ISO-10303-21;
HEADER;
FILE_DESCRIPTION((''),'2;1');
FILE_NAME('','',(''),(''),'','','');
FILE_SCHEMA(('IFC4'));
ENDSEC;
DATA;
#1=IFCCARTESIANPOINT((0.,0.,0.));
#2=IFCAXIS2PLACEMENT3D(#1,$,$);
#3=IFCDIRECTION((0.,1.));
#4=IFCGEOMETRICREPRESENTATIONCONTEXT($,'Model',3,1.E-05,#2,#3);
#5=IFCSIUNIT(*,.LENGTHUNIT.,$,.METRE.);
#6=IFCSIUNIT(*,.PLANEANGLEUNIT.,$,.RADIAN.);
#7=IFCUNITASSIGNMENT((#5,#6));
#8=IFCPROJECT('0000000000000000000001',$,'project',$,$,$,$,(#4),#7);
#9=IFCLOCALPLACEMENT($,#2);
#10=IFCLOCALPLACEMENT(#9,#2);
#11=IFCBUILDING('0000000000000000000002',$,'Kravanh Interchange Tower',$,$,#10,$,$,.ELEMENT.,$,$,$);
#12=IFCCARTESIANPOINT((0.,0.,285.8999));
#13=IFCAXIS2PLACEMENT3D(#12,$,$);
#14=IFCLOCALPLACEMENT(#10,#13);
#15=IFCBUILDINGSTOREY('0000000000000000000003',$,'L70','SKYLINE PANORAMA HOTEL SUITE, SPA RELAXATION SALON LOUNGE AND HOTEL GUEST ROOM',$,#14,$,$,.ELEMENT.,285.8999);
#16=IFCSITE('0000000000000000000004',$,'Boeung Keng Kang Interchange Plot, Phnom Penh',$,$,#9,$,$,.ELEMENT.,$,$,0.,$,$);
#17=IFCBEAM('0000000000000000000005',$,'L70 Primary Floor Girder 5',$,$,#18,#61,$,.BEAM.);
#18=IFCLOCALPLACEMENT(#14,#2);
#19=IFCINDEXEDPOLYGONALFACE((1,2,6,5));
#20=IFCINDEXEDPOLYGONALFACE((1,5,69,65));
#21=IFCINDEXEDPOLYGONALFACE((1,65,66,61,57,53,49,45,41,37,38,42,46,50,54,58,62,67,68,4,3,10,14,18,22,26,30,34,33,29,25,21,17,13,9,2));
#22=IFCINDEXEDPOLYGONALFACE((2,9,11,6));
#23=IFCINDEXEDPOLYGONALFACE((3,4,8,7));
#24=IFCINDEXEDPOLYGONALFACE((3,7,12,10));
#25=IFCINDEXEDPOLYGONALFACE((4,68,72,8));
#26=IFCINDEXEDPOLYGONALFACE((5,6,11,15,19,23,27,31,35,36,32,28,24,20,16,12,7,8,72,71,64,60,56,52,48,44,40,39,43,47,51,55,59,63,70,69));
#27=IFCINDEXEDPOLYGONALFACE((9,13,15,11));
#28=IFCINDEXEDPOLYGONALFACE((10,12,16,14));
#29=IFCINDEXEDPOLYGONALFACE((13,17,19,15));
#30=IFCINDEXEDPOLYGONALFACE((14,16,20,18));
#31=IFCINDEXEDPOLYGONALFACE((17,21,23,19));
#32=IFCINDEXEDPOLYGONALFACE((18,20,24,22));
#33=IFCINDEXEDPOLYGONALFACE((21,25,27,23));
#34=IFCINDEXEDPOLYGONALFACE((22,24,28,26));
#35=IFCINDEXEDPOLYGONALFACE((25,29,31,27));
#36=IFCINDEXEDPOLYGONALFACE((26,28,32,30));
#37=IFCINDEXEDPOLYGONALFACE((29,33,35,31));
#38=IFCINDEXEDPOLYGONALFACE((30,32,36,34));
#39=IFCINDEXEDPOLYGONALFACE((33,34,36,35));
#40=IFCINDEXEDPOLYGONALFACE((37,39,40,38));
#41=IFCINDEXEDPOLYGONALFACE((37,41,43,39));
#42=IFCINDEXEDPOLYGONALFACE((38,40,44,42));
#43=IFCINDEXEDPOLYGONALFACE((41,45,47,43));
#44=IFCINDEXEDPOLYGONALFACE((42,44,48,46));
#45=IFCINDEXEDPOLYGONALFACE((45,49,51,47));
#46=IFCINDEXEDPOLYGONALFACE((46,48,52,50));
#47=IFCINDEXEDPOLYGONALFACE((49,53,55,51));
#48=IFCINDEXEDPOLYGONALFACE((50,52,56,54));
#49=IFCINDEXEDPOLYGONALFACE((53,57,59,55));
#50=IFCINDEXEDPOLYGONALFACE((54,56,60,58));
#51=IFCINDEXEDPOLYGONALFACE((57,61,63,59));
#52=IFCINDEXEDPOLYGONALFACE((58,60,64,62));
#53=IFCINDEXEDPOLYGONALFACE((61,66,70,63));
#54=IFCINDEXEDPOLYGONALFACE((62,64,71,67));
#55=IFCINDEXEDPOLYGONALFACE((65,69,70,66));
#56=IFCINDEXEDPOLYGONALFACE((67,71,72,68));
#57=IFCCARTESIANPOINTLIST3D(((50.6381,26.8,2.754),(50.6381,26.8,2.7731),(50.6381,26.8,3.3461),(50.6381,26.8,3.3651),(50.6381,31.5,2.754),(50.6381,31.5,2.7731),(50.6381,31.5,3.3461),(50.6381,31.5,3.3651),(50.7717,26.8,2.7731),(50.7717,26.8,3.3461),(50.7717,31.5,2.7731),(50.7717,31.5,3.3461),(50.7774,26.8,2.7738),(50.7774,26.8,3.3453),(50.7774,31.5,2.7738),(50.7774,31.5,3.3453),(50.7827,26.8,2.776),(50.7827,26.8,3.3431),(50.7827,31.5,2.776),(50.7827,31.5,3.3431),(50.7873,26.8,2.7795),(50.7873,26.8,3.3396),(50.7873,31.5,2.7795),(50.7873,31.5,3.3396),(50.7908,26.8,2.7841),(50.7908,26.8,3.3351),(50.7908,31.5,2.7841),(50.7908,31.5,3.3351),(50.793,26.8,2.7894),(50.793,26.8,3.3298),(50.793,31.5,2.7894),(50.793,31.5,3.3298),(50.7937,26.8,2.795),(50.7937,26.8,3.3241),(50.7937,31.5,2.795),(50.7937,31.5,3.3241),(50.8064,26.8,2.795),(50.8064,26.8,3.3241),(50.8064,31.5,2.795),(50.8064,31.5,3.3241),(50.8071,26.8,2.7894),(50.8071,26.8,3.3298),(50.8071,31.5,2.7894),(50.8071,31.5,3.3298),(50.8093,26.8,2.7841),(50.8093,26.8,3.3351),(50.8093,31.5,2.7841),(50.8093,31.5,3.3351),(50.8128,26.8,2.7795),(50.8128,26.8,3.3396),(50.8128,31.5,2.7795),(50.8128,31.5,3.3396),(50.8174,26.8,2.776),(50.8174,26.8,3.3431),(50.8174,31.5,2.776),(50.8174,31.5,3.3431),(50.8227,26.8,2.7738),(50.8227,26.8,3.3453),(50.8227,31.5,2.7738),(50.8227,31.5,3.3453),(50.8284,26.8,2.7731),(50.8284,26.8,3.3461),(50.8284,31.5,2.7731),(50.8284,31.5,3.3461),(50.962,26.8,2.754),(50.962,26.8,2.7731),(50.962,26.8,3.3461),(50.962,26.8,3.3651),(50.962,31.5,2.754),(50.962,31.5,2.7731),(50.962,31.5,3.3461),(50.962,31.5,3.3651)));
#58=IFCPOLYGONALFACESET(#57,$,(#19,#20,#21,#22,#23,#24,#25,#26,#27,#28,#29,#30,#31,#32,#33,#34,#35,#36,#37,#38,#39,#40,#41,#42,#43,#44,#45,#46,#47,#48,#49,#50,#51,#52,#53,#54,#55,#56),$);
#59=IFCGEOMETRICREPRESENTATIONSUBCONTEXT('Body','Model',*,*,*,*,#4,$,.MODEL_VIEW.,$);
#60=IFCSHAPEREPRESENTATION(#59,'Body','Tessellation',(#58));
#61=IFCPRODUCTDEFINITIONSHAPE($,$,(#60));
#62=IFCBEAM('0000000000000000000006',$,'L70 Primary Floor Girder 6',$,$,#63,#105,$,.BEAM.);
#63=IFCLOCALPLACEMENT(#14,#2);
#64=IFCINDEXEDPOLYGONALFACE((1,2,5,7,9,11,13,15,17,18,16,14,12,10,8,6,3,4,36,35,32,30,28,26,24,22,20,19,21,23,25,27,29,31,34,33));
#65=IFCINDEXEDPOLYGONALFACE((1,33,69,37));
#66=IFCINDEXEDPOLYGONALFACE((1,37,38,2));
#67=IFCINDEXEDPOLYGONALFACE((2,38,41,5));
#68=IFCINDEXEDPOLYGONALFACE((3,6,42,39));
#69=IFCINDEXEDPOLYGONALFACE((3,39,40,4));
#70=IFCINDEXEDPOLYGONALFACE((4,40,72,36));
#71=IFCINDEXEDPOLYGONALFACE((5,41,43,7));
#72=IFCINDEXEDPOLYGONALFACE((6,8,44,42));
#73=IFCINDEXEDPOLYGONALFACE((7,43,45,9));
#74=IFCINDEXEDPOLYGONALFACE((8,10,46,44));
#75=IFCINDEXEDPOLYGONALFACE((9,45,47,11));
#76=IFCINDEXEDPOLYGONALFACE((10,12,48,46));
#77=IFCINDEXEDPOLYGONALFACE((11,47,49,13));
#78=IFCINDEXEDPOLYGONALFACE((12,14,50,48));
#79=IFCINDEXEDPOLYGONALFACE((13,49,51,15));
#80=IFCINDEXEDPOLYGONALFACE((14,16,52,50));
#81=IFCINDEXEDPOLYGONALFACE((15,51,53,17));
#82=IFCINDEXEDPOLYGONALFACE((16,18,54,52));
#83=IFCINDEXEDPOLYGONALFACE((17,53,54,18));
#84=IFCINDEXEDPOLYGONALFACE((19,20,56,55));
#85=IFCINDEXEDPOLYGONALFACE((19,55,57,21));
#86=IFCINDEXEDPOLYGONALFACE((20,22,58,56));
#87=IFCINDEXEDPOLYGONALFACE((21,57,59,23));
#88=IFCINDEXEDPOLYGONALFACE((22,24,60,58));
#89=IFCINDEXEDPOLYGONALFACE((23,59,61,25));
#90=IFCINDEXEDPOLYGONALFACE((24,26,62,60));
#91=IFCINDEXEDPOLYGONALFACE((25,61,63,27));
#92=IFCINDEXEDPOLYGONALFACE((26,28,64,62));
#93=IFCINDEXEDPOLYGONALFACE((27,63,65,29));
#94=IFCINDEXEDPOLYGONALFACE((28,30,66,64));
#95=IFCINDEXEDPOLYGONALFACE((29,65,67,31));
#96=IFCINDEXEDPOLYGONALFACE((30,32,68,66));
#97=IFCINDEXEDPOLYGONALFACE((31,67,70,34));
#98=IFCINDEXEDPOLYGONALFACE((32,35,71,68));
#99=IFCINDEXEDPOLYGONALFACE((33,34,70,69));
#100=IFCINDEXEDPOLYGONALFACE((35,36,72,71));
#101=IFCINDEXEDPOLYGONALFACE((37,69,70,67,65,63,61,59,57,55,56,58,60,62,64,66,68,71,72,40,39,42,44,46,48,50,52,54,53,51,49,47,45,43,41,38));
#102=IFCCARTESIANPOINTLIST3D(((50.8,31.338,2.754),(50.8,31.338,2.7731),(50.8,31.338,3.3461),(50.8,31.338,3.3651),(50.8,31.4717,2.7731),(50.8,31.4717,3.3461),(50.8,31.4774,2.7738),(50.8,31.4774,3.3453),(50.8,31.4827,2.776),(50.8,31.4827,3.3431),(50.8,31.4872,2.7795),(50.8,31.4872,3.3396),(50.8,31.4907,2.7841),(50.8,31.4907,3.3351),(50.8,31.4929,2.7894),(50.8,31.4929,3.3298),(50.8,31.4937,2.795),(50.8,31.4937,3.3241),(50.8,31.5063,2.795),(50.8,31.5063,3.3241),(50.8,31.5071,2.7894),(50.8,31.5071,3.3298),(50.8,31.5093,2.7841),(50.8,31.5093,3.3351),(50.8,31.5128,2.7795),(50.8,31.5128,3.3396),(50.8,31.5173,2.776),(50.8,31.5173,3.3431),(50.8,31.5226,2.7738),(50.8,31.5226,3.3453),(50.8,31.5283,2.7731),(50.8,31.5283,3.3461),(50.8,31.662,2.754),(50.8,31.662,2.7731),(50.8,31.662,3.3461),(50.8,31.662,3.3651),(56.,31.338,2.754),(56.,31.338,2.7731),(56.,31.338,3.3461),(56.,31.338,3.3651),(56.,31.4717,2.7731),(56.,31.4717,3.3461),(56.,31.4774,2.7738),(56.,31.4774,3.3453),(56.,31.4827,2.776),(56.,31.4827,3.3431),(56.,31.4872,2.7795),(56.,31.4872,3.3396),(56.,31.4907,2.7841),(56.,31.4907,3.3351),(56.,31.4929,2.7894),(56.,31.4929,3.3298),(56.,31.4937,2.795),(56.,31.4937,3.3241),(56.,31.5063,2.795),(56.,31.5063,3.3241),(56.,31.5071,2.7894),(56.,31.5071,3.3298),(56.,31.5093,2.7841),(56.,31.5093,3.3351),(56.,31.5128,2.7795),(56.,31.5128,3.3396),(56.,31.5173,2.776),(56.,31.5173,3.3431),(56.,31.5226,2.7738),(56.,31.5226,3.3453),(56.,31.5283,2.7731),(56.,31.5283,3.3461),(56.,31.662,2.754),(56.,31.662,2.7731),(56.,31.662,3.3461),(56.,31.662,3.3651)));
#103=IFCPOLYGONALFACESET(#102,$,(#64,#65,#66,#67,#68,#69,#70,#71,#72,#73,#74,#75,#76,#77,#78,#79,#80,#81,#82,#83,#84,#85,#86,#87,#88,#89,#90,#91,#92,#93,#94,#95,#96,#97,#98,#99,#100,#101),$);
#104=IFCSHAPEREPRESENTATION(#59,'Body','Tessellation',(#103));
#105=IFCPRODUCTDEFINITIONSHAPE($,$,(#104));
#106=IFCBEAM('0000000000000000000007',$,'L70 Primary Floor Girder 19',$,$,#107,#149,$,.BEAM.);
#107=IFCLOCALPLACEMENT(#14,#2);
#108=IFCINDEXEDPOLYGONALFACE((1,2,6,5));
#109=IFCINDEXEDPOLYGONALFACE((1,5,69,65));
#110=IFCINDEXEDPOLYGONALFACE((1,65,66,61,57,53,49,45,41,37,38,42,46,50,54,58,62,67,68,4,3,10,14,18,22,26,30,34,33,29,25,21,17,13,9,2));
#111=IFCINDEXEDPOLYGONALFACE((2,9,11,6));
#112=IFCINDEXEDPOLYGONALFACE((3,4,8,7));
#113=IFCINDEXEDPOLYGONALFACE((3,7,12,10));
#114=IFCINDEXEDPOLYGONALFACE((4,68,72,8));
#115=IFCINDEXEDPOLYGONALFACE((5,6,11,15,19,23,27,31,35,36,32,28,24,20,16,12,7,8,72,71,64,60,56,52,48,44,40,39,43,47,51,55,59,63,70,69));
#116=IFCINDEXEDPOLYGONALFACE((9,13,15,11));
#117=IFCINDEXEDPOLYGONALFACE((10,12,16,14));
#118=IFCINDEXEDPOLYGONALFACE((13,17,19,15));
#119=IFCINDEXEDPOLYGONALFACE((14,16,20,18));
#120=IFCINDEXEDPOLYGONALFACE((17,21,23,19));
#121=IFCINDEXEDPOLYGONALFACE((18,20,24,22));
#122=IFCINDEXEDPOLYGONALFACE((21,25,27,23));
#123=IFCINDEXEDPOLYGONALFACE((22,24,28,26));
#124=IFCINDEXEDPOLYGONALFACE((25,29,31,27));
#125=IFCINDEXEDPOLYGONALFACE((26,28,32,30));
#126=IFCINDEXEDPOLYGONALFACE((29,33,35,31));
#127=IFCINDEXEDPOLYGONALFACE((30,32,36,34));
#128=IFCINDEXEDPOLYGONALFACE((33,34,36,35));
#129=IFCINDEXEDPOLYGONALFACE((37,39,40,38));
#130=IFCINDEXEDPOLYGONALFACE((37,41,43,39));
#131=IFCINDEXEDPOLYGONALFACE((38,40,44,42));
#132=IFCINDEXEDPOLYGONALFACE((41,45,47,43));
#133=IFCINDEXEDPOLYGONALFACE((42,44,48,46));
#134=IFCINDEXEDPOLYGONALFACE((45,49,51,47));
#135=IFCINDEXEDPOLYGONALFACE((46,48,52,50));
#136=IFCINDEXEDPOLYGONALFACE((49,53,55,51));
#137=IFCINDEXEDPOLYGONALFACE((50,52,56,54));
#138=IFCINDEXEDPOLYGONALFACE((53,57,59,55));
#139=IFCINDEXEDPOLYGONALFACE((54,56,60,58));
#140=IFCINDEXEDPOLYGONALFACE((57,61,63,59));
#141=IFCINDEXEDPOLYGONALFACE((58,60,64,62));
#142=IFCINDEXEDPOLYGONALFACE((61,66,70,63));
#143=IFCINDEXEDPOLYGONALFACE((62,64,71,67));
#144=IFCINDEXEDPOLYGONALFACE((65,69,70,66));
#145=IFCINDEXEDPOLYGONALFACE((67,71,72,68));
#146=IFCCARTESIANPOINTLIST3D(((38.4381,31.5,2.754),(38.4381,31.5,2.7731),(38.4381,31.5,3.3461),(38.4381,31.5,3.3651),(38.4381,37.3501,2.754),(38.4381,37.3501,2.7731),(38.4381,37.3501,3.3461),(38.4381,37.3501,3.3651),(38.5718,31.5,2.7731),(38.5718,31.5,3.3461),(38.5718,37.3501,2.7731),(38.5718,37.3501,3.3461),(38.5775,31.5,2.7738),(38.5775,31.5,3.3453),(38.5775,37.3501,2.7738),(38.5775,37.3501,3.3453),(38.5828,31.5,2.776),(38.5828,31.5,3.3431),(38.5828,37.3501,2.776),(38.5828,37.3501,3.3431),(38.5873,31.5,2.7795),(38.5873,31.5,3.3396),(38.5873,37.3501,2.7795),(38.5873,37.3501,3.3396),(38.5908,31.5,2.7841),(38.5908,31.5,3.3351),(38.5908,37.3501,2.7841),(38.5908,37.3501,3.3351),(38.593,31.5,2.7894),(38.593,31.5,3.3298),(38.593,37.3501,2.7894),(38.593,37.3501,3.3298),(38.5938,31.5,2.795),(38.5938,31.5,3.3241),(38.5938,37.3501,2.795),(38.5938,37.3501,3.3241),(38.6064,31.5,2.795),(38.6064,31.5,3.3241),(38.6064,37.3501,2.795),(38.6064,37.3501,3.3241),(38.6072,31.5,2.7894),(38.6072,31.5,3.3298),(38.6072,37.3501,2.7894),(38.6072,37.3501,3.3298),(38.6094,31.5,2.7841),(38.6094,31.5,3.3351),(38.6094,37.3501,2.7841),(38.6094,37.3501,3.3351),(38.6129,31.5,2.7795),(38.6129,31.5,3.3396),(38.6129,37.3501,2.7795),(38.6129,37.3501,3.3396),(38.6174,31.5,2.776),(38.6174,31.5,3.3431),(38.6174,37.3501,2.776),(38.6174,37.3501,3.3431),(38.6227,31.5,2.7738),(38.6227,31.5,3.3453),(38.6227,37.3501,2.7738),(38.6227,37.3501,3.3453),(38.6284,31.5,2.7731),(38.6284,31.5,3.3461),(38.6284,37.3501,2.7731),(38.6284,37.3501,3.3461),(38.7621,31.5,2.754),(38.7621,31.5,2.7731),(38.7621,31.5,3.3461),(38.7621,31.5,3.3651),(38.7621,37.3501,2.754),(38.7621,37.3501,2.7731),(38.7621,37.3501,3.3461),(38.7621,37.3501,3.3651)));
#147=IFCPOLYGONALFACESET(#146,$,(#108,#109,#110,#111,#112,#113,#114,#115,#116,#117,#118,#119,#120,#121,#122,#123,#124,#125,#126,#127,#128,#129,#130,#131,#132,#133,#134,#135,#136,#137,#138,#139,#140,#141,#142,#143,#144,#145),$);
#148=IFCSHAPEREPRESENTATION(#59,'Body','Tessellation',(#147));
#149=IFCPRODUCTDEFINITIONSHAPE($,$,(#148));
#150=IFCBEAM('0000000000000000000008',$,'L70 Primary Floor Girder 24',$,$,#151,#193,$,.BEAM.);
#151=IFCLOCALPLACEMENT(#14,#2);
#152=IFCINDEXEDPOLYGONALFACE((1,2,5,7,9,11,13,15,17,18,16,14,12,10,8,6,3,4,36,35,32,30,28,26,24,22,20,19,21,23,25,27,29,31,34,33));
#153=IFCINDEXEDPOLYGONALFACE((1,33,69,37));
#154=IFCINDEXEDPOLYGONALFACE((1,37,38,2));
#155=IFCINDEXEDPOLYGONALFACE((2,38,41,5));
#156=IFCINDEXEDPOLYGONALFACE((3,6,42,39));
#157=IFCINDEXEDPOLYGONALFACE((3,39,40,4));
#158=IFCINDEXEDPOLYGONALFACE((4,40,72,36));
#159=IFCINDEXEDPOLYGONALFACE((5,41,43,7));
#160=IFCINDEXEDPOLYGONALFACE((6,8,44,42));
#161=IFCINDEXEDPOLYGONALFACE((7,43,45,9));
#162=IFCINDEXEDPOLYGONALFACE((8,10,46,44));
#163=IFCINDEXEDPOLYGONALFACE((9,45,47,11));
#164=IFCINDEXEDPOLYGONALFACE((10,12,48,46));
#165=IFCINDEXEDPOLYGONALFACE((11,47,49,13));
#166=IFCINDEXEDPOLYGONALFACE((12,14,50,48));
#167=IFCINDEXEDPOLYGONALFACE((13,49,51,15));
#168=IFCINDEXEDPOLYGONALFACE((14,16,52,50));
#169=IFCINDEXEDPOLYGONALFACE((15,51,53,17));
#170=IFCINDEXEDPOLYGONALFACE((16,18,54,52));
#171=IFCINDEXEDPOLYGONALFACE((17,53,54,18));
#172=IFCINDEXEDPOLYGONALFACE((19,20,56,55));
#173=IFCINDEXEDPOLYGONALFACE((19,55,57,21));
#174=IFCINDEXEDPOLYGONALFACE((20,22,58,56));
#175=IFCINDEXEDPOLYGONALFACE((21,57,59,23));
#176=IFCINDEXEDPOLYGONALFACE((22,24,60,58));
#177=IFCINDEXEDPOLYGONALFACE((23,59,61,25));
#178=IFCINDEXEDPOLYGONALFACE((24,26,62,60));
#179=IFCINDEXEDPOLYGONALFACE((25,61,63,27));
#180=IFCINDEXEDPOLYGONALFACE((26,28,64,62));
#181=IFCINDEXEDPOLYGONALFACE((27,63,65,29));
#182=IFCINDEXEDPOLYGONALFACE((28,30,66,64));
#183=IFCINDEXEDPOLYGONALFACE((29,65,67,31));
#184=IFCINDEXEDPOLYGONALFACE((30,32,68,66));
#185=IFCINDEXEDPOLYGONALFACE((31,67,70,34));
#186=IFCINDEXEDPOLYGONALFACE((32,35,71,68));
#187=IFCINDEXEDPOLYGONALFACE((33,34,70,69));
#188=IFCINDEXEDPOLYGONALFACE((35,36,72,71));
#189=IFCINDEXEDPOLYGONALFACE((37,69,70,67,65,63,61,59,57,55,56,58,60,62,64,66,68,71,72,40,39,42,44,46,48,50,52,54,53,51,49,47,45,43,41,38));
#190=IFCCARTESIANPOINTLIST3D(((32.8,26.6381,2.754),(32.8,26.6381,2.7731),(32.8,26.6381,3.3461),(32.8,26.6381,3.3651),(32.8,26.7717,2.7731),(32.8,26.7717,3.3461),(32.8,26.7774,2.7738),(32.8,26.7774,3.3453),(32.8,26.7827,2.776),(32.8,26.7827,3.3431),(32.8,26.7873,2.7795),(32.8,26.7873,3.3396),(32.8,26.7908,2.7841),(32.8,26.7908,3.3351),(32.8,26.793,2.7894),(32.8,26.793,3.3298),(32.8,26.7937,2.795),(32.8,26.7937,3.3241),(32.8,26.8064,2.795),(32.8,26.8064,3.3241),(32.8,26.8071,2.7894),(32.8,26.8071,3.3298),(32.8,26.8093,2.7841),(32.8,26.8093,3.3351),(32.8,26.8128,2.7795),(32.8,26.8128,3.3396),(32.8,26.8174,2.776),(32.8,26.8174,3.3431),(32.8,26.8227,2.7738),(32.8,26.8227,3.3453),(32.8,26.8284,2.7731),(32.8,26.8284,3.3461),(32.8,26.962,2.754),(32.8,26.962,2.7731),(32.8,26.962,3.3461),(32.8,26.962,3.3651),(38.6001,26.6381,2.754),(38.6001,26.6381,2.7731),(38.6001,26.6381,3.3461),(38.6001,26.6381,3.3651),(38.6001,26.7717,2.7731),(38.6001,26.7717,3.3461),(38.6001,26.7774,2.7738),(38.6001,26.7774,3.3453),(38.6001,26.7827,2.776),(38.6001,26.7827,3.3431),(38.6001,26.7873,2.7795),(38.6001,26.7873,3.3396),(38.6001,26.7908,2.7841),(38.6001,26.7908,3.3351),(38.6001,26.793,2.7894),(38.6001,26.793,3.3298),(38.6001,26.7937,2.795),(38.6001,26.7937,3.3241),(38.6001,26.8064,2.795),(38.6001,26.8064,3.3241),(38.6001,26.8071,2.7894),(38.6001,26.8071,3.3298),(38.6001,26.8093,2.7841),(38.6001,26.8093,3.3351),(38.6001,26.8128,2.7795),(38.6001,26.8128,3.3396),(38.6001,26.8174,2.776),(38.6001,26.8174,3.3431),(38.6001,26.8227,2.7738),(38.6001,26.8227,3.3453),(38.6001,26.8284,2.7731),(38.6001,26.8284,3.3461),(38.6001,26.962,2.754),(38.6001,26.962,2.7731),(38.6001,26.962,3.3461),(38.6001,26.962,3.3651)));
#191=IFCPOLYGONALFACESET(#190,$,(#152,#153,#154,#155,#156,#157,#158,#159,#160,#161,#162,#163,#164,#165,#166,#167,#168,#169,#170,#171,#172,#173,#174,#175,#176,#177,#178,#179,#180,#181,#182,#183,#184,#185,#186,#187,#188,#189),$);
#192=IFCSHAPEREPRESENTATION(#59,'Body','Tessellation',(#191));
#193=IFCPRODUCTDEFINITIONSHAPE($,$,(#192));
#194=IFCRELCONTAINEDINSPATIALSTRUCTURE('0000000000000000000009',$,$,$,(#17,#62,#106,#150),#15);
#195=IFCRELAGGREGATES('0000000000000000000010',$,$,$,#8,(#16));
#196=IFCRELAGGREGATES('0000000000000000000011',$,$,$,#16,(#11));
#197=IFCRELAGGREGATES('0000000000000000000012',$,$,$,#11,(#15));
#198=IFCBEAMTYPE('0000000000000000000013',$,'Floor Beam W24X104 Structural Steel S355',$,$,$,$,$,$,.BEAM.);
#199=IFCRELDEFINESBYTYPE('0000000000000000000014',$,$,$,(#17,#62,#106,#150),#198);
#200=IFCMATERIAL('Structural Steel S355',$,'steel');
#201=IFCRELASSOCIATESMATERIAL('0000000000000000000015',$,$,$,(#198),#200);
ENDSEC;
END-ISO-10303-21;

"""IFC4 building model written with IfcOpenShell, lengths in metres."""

from ifc_helpers import new_model, si_unit, direction, frame, origin, origin_2d, place, context, subcontext, project, spatial, i_section, extrude, material, material_profile, profile_set, type_object, element, save


model = new_model("IFC4")

# Units and contexts
model_context = context("Model", 3, precision=1e-05, world=origin(), true_north=direction((0.0, 1.0)))
body_context = subcontext(model_context, "Body", "Model", "MODEL_VIEW")
ifc_project = project(units=[si_unit("LENGTHUNIT", "METRE"), si_unit("PLANEANGLEUNIT", "RADIAN")], contexts=[model_context])

# Site, building, storey
site_placement = place(None, origin())
site = spatial("IfcSite", under=ifc_project, at=site_placement, Name="Boeung Keng Kang Interchange Plot, Phnom Penh", CompositionType="ELEMENT", RefElevation=0.0)
building_placement = place(site_placement, origin())
building = spatial("IfcBuilding", under=site, at=building_placement, Name="Kravanh Interchange Tower", CompositionType="ELEMENT")
storey_placement = place(building_placement, frame((0.0, 0.0, 285.8999)))
storey = spatial("IfcBuildingStorey", under=building, at=storey_placement, Name="L70", Description="SKYLINE PANORAMA HOTEL SUITE, SPA RELAXATION SALON LOUNGE AND HOTEL GUEST ROOM", CompositionType="ELEMENT", Elevation=285.8999)

# Beams
ifc_material_1 = material(Name="Structural Steel S355", Category="steel")
ifc_material_profile_1 = material_profile(ifc_material_1, i_section(OverallWidth=0.324, OverallDepth=0.6111, WebThickness=0.0127, FlangeThickness=0.019, FilletRadius=0.022, at=origin_2d()), Name="W24X104")
ifc_profile_set_1 = profile_set([ifc_material_profile_1], Name="Structural Steel S355")
beam_type_1 = type_object("IfcBeamType", Name="Floor Beam W24X104 Structural Steel S355", PredefinedType="BEAM", material=ifc_profile_set_1)
beam_1_placement = place(storey_placement, frame((50.8, 31.5, 3.0596), z_axis=(0.0, -1.0, 0.0), x_axis=(1.0, 0.0, 0.0)))
element("IfcBeam", 1, at=beam_1_placement, inside=storey, type_object=beam_type_1, Name="L70 Primary Floor Girder 5", PredefinedType="BEAM", context=body_context, shape_type="SweptSolid", body=[
    extrude(i_section(OverallWidth=0.324, OverallDepth=0.6111, WebThickness=0.0127, FlangeThickness=0.019, FilletRadius=0.022, at=origin_2d()), origin(), (0.0, 0.0, 1.0), 4.7),
])
beam_2_placement = place(storey_placement, frame((50.8, 31.5, 3.0596), z_axis=(1.0, 0.0, 0.0), x_axis=(0.0, 1.0, 0.0)))
element("IfcBeam", 2, at=beam_2_placement, inside=storey, type_object=beam_type_1, Name="L70 Primary Floor Girder 6", PredefinedType="BEAM", context=body_context, shape_type="SweptSolid", body=[
    extrude(i_section(OverallWidth=0.324, OverallDepth=0.6111, WebThickness=0.0127, FlangeThickness=0.019, FilletRadius=0.022, at=origin_2d()), origin(), (0.0, 0.0, 1.0), 5.2),
])
beam_3_placement = place(storey_placement, frame((38.6001, 31.5, 3.0596), z_axis=(0.0, 1.0, 0.0), x_axis=(-1.0, 0.0, 0.0)))
element("IfcBeam", 3, at=beam_3_placement, inside=storey, type_object=beam_type_1, Name="L70 Primary Floor Girder 19", PredefinedType="BEAM", context=body_context, shape_type="SweptSolid", body=[
    extrude(i_section(OverallWidth=0.324, OverallDepth=0.6111, WebThickness=0.0127, FlangeThickness=0.019, FilletRadius=0.022, at=origin_2d()), origin(), (0.0, 0.0, 1.0), 5.8501),
])
beam_4_placement = place(storey_placement, frame((38.6001, 26.8, 3.0596), z_axis=(-1.0, 0.0, 0.0), x_axis=(0.0, -1.0, 0.0)))
element("IfcBeam", 4, at=beam_4_placement, inside=storey, type_object=beam_type_1, Name="L70 Primary Floor Girder 24", PredefinedType="BEAM", context=body_context, shape_type="SweptSolid", body=[
    extrude(i_section(OverallWidth=0.324, OverallDepth=0.6111, WebThickness=0.0127, FlangeThickness=0.019, FilletRadius=0.022, at=origin_2d()), origin(), (0.0, 0.0, 1.0), 5.8),
])

save(model, "model.ifc")
